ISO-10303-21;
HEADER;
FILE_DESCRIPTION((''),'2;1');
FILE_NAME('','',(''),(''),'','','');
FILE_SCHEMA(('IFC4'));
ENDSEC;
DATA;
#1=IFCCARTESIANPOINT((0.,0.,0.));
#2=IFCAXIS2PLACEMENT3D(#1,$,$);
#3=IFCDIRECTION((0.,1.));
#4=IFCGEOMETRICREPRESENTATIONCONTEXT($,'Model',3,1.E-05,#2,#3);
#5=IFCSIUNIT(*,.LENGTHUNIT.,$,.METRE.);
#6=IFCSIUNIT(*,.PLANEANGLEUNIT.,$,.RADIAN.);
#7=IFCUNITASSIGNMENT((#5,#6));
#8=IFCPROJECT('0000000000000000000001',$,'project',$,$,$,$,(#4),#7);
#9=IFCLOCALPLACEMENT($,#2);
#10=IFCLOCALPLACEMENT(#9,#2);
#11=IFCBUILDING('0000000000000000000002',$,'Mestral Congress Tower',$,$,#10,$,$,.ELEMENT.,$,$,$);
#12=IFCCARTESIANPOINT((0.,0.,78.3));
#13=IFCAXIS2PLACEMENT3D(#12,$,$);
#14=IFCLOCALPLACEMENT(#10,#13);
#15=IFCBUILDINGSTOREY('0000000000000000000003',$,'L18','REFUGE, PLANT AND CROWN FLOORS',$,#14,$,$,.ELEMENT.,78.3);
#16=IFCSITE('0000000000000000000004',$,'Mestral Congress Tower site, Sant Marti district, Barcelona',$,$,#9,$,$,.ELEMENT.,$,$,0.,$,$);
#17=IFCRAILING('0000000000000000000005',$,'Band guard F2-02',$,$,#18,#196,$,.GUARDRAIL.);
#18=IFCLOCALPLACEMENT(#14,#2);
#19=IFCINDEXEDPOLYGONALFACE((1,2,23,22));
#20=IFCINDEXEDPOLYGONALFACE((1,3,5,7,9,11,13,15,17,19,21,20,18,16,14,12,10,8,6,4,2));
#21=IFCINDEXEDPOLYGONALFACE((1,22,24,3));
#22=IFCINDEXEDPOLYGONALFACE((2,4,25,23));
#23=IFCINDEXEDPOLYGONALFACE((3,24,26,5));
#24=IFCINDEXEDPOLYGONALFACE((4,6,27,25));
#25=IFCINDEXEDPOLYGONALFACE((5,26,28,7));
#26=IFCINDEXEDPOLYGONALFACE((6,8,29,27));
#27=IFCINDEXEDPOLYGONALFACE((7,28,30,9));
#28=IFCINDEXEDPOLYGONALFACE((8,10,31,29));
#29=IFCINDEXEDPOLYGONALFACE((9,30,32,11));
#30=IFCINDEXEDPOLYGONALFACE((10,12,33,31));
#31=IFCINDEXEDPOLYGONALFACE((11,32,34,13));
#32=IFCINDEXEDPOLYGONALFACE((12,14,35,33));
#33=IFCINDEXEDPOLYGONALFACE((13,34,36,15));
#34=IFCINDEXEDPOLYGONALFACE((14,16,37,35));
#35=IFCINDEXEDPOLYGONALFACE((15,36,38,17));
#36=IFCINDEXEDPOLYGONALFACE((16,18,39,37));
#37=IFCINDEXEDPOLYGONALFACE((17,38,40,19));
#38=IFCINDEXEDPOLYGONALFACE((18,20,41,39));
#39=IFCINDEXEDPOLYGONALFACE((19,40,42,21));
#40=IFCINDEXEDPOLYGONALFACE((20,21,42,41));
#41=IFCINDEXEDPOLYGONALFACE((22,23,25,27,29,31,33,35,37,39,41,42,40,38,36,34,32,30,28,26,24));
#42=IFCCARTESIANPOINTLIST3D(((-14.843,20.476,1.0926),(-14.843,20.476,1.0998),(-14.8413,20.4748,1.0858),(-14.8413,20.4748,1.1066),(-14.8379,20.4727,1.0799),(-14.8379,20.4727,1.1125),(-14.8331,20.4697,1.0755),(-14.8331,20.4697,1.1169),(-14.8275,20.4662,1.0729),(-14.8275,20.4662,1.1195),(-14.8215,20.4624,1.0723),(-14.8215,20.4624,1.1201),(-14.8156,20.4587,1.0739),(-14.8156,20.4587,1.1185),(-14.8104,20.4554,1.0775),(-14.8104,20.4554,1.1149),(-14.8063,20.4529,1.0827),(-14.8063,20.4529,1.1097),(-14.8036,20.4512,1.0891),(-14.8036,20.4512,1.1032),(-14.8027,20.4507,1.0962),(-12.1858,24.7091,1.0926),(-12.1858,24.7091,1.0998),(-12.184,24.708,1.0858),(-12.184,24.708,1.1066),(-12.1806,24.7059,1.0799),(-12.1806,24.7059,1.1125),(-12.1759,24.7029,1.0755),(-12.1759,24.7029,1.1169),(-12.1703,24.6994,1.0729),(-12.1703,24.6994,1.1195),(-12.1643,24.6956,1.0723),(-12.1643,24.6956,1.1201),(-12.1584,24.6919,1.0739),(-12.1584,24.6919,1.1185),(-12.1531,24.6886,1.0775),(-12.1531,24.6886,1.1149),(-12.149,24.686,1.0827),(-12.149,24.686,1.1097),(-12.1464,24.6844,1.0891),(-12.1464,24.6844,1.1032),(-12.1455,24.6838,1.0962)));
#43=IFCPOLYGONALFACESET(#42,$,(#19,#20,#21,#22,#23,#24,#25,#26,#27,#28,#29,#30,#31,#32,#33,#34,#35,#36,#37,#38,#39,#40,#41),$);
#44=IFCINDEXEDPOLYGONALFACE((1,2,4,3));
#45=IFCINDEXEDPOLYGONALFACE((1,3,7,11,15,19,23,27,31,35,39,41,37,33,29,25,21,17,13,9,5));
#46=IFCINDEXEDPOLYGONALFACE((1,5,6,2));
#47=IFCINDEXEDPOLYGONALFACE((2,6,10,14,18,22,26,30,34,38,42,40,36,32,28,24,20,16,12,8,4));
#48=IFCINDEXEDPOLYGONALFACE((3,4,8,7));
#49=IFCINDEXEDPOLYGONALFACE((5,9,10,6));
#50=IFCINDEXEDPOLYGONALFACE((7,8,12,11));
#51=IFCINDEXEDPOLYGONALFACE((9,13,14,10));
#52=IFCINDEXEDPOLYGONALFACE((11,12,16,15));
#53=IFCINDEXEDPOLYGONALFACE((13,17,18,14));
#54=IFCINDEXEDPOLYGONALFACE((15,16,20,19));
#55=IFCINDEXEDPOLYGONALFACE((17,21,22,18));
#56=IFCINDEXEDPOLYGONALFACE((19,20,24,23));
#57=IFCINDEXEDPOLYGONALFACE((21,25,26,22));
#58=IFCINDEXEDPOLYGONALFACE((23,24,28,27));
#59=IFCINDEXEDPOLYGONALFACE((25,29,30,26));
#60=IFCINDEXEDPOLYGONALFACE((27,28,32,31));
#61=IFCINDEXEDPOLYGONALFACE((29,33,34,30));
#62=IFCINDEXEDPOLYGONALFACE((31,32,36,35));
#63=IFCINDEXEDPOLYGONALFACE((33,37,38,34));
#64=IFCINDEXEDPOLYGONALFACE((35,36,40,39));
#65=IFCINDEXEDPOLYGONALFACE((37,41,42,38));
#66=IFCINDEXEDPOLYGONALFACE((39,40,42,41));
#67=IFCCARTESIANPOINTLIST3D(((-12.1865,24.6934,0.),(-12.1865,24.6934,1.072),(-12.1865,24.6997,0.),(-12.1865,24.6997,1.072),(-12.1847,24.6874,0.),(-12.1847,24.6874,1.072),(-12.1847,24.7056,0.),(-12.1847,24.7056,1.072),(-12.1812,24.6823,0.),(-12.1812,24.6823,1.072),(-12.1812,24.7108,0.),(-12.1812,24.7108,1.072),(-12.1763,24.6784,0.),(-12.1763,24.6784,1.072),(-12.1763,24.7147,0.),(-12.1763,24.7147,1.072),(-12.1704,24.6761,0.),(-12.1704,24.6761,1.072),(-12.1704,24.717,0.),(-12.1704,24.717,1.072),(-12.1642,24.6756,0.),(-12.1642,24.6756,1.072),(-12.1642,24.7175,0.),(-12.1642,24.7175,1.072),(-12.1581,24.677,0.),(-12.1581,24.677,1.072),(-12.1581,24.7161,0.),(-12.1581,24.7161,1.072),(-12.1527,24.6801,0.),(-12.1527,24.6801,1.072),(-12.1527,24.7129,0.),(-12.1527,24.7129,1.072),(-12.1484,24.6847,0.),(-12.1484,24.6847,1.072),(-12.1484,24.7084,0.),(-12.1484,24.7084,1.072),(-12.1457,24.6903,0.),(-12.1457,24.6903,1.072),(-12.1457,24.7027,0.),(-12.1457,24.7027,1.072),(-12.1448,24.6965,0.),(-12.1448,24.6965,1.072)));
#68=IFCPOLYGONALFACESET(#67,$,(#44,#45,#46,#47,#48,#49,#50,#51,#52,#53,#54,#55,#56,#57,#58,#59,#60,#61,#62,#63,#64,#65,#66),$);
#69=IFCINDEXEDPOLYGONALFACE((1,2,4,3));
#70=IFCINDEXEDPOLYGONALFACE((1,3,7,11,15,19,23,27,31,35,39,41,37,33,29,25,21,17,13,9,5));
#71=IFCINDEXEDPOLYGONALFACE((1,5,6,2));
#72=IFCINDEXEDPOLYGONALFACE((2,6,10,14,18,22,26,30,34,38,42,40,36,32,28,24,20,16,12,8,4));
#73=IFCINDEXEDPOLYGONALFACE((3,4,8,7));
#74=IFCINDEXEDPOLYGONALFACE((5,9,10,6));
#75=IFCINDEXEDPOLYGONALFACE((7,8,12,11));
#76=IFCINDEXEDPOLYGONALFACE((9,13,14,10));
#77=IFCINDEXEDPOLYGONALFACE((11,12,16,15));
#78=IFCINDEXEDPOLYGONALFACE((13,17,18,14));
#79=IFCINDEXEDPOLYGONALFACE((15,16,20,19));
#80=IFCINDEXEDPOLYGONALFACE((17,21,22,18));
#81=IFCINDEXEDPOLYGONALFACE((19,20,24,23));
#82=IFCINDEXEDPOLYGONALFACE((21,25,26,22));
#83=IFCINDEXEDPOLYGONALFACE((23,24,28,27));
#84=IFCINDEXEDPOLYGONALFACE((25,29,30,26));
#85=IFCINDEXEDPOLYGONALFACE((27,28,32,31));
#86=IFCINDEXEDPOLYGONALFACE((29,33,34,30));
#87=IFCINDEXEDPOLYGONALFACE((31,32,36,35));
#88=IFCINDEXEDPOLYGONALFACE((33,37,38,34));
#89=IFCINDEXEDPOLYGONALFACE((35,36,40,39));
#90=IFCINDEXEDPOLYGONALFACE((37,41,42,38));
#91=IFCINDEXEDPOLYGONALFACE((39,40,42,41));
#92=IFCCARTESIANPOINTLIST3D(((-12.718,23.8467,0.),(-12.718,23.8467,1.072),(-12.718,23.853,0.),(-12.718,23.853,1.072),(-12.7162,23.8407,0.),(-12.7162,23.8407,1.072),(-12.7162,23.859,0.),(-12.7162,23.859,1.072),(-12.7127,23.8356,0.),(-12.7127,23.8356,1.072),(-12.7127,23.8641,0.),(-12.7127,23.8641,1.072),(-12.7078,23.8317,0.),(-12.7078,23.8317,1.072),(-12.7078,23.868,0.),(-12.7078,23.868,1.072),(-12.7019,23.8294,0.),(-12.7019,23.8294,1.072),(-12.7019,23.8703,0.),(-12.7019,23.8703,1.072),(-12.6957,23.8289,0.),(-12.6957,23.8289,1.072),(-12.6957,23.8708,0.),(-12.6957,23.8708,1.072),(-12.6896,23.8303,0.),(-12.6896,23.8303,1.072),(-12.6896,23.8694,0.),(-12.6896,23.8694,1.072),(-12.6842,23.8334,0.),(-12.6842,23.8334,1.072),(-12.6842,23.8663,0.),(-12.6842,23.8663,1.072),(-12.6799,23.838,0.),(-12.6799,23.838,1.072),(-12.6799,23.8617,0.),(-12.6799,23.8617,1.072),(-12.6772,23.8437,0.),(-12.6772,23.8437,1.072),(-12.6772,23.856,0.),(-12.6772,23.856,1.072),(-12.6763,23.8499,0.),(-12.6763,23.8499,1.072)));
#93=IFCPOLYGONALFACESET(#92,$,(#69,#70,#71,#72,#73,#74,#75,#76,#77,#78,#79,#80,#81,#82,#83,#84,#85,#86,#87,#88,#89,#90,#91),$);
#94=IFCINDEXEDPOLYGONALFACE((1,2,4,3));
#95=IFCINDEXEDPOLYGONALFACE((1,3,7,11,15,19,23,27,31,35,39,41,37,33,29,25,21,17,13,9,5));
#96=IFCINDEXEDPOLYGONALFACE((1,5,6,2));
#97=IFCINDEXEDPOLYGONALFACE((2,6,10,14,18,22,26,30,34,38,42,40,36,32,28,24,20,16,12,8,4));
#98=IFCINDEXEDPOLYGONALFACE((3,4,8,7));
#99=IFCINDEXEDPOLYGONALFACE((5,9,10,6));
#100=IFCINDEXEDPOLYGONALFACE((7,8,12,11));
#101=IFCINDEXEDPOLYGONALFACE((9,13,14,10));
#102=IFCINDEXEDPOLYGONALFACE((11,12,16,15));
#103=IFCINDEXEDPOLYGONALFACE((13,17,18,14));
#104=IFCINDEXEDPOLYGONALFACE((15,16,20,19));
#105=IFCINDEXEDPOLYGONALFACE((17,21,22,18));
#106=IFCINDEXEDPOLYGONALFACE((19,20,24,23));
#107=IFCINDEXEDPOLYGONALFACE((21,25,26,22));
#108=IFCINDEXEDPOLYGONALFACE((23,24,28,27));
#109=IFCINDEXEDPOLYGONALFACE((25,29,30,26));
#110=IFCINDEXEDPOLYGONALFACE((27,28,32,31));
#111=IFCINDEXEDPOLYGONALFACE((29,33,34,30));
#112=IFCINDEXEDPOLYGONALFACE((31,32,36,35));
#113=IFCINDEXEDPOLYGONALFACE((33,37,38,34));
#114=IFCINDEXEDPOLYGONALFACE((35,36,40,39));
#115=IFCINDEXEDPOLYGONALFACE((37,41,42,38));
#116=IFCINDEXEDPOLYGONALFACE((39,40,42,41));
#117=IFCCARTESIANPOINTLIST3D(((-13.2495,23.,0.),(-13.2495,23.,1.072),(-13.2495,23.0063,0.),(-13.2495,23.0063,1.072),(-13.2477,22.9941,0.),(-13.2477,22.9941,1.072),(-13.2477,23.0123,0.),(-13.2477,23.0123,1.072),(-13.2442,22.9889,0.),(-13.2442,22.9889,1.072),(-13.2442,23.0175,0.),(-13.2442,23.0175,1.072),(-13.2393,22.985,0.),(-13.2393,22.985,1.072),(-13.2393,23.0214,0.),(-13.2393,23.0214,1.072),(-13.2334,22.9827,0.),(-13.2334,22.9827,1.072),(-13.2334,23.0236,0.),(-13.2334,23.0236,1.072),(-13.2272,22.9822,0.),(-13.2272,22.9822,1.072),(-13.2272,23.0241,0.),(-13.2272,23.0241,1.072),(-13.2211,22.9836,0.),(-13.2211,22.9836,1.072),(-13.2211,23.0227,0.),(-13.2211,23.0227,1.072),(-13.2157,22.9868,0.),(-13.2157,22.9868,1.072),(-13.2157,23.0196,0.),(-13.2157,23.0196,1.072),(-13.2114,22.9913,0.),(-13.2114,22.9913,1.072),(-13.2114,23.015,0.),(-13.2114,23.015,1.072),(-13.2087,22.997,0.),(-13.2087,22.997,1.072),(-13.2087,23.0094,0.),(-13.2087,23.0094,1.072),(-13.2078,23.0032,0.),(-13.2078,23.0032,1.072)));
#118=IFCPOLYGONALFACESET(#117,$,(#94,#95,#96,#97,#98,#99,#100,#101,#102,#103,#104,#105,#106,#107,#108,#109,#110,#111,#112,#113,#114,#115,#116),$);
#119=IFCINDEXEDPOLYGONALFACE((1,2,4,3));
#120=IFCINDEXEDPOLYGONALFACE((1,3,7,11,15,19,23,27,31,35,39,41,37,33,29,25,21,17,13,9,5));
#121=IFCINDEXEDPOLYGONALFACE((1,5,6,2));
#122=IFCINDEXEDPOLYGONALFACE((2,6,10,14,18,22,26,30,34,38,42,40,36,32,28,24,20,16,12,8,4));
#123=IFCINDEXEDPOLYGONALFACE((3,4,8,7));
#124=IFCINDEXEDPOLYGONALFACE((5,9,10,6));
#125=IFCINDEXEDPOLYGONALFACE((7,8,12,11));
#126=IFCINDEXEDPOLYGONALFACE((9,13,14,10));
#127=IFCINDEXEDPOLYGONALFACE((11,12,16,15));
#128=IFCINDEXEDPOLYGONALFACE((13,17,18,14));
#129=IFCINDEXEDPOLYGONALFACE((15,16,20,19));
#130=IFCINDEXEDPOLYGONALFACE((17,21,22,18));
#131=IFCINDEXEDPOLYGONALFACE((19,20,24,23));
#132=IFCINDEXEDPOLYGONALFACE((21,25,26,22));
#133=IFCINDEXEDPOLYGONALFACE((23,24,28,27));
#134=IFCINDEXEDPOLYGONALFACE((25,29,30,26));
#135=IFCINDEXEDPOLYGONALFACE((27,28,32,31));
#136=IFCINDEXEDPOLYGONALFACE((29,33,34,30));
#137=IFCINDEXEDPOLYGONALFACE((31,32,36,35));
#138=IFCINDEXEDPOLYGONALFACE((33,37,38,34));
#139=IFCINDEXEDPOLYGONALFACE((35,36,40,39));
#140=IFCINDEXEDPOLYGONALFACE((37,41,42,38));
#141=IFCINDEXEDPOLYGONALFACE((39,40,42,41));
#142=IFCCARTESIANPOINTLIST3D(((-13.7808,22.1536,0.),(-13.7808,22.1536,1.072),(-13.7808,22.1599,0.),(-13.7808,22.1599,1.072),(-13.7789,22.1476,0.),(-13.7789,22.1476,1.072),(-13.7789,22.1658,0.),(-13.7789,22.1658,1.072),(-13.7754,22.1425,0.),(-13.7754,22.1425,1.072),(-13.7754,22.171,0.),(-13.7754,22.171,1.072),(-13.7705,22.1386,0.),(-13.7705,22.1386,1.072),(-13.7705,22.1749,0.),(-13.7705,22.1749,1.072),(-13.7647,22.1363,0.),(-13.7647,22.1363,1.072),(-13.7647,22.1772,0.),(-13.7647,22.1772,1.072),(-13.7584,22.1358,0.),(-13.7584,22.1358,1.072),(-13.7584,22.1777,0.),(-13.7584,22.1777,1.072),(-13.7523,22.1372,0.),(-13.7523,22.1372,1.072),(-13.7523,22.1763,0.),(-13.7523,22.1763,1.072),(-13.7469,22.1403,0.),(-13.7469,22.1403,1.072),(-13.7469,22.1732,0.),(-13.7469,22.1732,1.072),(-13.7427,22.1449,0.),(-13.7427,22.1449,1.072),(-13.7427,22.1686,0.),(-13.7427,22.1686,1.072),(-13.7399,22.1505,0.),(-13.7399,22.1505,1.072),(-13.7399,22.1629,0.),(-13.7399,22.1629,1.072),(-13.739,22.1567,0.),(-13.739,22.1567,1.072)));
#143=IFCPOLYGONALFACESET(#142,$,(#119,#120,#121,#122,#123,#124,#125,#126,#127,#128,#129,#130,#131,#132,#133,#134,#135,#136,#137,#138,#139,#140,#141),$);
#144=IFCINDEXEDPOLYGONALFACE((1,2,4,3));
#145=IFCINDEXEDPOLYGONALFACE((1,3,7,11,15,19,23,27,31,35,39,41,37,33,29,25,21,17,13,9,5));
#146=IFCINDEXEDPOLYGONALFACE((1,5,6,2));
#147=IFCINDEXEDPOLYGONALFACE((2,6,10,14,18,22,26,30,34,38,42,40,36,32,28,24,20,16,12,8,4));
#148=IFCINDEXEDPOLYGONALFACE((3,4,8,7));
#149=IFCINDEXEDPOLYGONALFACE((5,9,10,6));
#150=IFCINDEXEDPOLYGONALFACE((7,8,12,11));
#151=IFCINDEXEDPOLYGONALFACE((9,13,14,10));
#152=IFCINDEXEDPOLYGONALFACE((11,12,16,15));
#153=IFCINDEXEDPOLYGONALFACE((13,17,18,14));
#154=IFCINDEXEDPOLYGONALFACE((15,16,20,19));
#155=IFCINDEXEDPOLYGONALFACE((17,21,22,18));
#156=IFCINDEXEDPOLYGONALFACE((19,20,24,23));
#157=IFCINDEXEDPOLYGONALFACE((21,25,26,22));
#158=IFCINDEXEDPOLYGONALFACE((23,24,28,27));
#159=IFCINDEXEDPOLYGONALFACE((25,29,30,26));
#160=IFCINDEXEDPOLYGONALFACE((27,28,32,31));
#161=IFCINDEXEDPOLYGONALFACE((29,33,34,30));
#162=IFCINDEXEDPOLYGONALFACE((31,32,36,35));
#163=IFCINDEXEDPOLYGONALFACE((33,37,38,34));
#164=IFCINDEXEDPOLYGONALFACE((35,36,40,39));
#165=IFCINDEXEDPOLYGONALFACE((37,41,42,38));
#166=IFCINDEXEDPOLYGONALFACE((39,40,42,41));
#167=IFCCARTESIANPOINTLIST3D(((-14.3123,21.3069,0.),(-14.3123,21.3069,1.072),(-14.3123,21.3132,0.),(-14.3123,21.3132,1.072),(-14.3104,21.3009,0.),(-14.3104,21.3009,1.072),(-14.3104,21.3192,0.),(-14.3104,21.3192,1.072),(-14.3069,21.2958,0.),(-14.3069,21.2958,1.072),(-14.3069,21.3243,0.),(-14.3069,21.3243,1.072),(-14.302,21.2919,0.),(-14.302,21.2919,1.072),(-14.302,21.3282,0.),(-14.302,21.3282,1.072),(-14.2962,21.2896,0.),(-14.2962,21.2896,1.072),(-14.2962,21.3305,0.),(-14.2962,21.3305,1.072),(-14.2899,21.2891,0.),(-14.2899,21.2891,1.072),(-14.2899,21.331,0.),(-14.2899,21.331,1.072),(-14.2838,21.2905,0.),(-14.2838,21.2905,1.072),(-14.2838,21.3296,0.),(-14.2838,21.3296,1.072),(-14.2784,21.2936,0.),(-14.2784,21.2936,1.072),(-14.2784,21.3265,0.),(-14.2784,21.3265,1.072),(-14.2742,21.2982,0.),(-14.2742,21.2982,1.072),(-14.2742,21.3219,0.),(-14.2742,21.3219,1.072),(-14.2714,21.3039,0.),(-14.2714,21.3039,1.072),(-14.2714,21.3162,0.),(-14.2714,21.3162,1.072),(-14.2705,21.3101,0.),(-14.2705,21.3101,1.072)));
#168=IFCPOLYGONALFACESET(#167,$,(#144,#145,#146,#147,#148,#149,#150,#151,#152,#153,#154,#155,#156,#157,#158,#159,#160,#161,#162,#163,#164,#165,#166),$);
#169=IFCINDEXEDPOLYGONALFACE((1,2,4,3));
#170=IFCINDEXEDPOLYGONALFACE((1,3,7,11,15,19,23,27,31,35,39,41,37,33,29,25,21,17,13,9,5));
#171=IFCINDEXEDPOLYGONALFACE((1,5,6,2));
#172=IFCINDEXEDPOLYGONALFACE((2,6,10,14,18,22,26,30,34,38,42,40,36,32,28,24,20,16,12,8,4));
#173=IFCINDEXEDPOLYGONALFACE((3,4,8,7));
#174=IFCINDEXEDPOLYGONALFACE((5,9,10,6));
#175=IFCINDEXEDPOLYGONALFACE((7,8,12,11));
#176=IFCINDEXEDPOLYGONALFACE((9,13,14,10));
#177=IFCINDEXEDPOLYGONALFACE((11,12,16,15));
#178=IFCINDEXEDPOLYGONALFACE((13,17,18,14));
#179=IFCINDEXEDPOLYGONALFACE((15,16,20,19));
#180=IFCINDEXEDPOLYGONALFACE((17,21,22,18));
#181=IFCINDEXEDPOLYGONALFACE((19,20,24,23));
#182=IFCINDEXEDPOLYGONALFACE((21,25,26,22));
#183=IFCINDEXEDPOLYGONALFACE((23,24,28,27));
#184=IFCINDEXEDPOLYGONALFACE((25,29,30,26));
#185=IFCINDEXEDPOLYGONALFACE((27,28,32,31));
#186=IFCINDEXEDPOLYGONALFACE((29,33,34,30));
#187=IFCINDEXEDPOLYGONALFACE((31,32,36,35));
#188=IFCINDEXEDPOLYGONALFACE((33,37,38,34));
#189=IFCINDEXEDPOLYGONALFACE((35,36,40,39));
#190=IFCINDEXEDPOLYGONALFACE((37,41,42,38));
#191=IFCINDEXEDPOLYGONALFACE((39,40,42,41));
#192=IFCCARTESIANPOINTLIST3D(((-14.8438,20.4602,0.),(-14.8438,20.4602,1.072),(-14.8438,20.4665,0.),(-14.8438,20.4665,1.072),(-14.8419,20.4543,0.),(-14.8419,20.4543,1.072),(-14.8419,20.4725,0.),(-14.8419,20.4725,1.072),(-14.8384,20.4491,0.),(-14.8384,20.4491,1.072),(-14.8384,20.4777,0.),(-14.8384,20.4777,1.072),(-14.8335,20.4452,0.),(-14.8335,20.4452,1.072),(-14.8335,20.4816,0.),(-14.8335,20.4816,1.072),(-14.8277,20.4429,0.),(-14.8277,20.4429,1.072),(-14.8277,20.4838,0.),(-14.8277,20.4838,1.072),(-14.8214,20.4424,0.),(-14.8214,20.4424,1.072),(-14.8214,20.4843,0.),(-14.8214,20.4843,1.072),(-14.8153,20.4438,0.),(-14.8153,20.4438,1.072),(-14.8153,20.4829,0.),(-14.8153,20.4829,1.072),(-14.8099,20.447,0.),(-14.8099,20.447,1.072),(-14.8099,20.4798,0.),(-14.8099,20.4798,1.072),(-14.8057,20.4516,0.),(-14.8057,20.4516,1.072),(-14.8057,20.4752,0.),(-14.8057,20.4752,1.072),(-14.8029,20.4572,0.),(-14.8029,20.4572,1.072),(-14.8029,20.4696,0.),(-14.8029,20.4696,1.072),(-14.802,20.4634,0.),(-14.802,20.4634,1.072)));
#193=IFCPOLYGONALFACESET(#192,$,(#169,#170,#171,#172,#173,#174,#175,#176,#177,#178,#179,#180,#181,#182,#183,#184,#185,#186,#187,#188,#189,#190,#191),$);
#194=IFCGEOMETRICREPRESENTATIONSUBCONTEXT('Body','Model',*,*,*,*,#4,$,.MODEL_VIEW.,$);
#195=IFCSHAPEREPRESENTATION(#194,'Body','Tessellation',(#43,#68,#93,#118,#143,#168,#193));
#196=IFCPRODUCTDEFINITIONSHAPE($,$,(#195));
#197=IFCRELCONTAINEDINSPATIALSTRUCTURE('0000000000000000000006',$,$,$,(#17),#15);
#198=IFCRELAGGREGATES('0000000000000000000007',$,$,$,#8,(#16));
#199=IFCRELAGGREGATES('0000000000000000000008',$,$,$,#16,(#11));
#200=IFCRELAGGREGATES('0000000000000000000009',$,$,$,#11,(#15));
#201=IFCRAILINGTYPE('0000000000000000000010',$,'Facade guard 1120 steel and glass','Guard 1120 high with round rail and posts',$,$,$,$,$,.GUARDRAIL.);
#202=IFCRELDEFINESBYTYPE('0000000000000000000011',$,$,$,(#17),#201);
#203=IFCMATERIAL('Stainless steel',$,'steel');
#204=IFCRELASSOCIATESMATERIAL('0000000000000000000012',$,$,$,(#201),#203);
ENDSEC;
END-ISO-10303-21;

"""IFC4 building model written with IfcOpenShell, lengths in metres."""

from ifc_helpers import new_model, si_unit, direction, frame, origin, origin_2d, place, context, subcontext, project, spatial, circle, extrude, material, type_object, element, save


model = new_model("IFC4")

# Units and contexts
model_context = context("Model", 3, precision=1e-05, world=origin(), true_north=direction((0.0, 1.0)))
body_context = subcontext(model_context, "Body", "Model", "MODEL_VIEW")
ifc_project = project(units=[si_unit("LENGTHUNIT", "METRE"), si_unit("PLANEANGLEUNIT", "RADIAN")], contexts=[model_context])

# Site, building, storey
site_placement = place(None, origin())
site = spatial("IfcSite", under=ifc_project, at=site_placement, Name="Mestral Congress Tower site, Sant Marti district, Barcelona", CompositionType="ELEMENT", RefElevation=0.0)
building_placement = place(site_placement, origin())
building = spatial("IfcBuilding", under=site, at=building_placement, Name="Mestral Congress Tower", CompositionType="ELEMENT")
storey_placement = place(building_placement, frame((0.0, 0.0, 78.3)))
storey = spatial("IfcBuildingStorey", under=building, at=storey_placement, Name="L18", Description="REFUGE, PLANT AND CROWN FLOORS", CompositionType="ELEMENT", Elevation=78.3)

# Railing
ifc_material_1 = material(Name="Stainless steel", Category="steel")
railing_type = type_object("IfcRailingType", Name="Facade guard 1120 steel and glass", Description="Guard 1120 high with round rail and posts", PredefinedType="GUARDRAIL", material=ifc_material_1)
railing_placement = place(storey_placement, frame((-12.1658, 24.6965, 0.0)))
element("IfcRailing", 1, at=railing_placement, inside=storey, type_object=railing_type, Name="Band guard F2-02", PredefinedType="GUARDRAIL", context=body_context, shape_type="SweptSolid", body=[
    extrude(circle(Radius=0.0239, at=origin_2d()), frame((0.0, 0.0, 1.0962), z_axis=(-0.531653, -0.846962, 0.0), x_axis=(0.846962, -0.531653, 0.0)), (0.0, 0.0, 1.0), 4.998),
    extrude(circle(Radius=0.021, at=origin_2d()), origin(), (0.0, 0.0, 1.0), 1.072),
    extrude(circle(Radius=0.021, at=origin_2d()), frame((-0.5315, -0.8467, 0.0)), (0.0, 0.0, 1.0), 1.072),
    extrude(circle(Radius=0.021, at=origin_2d()), frame((-1.063, -1.6934, 0.0)), (0.0, 0.0, 1.0), 1.072),
    extrude(circle(Radius=0.021, at=origin_2d()), frame((-1.5942, -2.5398, 0.0)), (0.0, 0.0, 1.0), 1.072),
    extrude(circle(Radius=0.021, at=origin_2d()), frame((-2.1257, -3.3865, 0.0)), (0.0, 0.0, 1.0), 1.072),
    extrude(circle(Radius=0.021, at=origin_2d()), frame((-2.6572, -4.2332, 0.0)), (0.0, 0.0, 1.0), 1.072),
])

save(model, "model.ifc")
